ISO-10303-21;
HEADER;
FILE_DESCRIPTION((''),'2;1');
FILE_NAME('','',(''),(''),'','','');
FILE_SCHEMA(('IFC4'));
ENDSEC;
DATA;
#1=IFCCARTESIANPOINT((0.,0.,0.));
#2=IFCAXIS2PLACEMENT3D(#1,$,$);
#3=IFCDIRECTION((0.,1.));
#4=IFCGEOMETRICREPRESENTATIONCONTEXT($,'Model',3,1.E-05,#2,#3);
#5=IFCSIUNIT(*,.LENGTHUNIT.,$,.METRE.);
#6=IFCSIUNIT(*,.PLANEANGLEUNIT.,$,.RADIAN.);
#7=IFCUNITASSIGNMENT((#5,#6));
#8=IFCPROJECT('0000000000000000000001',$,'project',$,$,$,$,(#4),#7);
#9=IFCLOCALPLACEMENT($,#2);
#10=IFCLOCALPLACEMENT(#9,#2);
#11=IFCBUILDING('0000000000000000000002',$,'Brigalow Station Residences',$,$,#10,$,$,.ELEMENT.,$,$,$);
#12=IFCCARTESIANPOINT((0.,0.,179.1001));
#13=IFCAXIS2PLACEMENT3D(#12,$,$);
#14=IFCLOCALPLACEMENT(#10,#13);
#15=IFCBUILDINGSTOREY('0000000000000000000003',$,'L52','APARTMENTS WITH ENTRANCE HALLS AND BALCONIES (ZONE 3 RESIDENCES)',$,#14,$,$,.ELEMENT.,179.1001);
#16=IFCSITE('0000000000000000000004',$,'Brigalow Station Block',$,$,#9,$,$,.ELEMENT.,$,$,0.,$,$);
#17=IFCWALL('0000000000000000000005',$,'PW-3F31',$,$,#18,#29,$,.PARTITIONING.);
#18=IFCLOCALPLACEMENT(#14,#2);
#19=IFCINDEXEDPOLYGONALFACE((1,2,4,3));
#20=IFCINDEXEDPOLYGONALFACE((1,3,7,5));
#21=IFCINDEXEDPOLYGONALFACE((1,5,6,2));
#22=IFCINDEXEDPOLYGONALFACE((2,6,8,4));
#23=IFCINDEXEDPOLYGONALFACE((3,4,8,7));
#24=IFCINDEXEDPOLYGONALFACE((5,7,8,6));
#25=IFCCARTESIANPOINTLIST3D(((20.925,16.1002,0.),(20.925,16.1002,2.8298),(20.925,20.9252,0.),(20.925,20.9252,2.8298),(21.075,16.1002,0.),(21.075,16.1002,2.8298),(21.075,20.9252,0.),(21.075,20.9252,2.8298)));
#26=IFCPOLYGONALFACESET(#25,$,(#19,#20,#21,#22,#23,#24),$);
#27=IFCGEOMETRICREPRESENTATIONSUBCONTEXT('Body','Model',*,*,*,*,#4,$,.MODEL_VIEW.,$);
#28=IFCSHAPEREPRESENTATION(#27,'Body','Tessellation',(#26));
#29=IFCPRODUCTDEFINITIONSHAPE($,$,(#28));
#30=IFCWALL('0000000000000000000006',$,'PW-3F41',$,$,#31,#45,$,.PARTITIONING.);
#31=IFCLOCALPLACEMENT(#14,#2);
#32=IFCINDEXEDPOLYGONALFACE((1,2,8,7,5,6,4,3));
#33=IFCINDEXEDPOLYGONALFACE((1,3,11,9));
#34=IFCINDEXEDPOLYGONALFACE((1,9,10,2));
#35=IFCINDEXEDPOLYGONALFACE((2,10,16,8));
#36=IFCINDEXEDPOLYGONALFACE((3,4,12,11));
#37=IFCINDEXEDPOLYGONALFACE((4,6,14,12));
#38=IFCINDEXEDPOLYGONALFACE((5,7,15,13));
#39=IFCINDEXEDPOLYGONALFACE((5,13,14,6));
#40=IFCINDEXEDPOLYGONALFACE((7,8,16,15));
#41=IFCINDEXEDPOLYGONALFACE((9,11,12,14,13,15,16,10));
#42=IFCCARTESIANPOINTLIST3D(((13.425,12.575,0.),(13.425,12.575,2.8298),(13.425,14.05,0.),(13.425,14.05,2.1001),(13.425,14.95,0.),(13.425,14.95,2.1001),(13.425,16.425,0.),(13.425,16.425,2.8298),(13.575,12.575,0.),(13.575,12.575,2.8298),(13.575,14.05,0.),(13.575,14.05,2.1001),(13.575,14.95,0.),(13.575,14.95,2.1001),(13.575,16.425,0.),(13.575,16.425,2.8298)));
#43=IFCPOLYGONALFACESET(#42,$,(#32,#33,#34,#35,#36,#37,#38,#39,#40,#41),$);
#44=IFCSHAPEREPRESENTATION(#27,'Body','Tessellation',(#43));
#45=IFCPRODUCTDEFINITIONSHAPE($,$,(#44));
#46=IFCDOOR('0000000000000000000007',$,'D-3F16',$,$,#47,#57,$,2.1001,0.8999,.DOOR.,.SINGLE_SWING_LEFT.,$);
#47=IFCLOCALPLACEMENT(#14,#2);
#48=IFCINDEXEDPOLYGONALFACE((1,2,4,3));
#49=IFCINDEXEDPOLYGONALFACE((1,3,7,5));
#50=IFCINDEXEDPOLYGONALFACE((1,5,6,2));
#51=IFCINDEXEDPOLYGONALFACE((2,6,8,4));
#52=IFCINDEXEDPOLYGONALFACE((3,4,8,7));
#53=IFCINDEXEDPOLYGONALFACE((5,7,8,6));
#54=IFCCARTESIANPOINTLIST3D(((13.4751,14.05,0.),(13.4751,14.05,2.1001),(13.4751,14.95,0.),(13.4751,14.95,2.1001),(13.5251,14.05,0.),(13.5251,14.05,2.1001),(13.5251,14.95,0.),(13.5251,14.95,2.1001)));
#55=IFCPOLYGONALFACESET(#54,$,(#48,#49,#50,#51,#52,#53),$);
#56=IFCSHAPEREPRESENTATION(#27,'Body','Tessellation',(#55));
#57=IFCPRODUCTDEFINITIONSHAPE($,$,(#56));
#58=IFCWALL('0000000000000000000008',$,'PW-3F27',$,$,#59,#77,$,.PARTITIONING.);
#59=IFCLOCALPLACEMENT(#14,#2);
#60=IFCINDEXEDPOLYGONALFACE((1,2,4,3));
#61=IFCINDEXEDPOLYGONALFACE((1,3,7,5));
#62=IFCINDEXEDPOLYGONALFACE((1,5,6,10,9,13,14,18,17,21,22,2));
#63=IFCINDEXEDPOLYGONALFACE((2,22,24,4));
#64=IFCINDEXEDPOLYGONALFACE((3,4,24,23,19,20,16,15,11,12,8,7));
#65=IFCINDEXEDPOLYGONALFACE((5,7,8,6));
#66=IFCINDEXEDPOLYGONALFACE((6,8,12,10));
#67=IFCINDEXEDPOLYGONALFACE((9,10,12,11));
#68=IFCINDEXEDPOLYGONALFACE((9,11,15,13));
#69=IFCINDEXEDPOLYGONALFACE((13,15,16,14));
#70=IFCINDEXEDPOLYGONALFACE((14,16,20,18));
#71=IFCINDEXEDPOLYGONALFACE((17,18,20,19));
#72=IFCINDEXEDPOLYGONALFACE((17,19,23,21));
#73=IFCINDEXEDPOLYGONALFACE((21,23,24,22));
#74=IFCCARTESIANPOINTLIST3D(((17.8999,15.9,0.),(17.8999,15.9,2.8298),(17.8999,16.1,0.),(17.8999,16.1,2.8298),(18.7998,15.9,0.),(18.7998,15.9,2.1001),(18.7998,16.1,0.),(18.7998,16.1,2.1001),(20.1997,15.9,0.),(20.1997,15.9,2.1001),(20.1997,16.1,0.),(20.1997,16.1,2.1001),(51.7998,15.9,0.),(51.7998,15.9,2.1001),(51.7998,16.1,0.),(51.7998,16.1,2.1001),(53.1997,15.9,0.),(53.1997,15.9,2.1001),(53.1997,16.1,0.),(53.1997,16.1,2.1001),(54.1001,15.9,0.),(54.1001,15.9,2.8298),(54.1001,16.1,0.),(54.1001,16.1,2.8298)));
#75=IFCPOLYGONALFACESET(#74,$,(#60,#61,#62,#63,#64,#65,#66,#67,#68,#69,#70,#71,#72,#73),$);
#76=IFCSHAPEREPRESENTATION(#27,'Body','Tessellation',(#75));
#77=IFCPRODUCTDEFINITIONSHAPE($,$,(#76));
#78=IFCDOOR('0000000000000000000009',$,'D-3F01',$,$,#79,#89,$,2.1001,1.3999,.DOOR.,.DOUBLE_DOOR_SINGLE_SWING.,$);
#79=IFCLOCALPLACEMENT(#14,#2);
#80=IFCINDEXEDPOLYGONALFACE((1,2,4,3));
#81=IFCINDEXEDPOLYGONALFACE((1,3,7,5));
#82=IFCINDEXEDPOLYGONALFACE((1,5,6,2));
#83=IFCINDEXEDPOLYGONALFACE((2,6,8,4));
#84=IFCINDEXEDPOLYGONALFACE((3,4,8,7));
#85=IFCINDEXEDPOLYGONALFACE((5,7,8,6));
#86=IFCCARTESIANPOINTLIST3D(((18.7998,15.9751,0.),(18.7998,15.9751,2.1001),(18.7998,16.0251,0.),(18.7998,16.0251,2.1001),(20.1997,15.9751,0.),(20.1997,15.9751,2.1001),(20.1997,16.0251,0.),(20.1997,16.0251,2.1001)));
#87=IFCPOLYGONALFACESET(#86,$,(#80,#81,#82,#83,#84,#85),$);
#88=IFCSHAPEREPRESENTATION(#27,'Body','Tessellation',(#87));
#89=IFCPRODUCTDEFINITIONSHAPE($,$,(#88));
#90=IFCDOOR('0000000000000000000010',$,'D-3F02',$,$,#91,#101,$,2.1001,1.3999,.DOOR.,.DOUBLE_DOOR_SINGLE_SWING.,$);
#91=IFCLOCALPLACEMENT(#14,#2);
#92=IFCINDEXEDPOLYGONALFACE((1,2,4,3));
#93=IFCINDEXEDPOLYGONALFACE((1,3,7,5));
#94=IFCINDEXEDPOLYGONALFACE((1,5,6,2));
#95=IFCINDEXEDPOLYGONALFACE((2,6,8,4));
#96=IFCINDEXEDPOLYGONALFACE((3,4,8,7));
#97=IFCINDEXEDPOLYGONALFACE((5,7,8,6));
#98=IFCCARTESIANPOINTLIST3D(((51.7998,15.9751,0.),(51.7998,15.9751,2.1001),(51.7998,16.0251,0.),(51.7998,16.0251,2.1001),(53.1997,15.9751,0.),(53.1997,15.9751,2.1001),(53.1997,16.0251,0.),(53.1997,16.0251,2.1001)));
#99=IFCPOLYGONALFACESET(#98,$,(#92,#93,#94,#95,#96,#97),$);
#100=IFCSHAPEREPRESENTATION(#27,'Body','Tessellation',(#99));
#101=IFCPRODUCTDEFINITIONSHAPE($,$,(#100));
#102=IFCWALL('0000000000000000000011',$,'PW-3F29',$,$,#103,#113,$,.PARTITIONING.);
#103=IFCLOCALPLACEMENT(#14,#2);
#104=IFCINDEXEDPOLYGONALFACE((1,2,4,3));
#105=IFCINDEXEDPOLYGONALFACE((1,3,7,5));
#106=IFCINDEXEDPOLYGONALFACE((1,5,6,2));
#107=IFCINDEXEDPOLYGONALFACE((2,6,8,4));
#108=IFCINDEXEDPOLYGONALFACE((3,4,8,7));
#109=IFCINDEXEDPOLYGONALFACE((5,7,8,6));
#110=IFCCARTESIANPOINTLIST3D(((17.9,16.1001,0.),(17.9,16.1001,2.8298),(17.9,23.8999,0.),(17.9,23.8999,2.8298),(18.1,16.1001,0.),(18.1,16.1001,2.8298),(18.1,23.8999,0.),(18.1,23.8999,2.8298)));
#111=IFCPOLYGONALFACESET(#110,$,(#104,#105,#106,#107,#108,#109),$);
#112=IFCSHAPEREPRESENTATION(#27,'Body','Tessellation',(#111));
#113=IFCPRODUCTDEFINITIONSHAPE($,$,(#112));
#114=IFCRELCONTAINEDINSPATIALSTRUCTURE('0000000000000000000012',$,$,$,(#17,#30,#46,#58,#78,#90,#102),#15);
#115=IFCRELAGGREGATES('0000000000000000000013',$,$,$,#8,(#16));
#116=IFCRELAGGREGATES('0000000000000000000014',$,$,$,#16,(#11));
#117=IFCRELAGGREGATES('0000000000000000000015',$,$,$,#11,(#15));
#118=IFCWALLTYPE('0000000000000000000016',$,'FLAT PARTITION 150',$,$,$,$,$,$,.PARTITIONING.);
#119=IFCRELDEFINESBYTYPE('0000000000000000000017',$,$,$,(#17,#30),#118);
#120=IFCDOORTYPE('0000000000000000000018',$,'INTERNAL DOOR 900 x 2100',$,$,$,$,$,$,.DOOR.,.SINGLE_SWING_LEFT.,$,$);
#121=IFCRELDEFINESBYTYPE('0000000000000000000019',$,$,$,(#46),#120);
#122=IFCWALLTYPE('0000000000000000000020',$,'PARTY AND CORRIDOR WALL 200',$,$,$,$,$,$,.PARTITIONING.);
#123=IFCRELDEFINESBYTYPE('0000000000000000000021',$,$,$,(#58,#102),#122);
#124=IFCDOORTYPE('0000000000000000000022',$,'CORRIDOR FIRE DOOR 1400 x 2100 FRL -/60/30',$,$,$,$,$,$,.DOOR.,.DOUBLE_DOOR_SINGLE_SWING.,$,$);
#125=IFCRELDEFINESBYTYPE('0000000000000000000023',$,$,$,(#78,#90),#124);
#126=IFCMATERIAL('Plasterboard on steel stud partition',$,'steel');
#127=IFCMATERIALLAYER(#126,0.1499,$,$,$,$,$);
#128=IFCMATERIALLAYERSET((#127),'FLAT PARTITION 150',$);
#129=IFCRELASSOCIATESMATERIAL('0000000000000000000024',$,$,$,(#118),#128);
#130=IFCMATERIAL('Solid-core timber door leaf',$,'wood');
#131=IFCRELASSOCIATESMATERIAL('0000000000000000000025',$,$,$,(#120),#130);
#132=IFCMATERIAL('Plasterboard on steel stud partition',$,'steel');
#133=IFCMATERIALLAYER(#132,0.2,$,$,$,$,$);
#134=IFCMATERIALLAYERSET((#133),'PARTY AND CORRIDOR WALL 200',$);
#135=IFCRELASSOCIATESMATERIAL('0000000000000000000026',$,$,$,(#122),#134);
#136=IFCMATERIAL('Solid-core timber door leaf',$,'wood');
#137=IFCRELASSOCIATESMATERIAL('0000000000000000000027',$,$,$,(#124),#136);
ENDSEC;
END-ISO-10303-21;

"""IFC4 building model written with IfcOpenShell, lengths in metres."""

from ifc_helpers import new_model, si_unit, direction, frame, frame_2d, origin, place, context, subcontext, project, spatial, rectangle, extrude, material, layer, layer_set, type_object, element, fill, save


model = new_model("IFC4")

# Units and contexts
model_context = context("Model", 3, precision=1e-05, world=origin(), true_north=direction((0.0, 1.0)))
body_context = subcontext(model_context, "Body", "Model", "MODEL_VIEW")
ifc_project = project(units=[si_unit("LENGTHUNIT", "METRE"), si_unit("PLANEANGLEUNIT", "RADIAN")], contexts=[model_context])

# Site, building, storey
site_placement = place(None, origin())
site = spatial("IfcSite", under=ifc_project, at=site_placement, Name="Brigalow Station Block", CompositionType="ELEMENT", RefElevation=0.0)
building_placement = place(site_placement, origin())
building = spatial("IfcBuilding", under=site, at=building_placement, Name="Brigalow Station Residences", CompositionType="ELEMENT")
storey_placement = place(building_placement, frame((0.0, 0.0, 179.1001)))
storey = spatial("IfcBuildingStorey", under=building, at=storey_placement, Name="L52", Description="APARTMENTS WITH ENTRANCE HALLS AND BALCONIES (ZONE 3 RESIDENCES)", CompositionType="ELEMENT", Elevation=179.1001)

# Shared definitions
ifc_material_1 = material(Name="Plasterboard on steel stud partition", Category="steel")
ifc_layer_1 = layer(ifc_material_1, 0.1499)
ifc_layer_set_1 = layer_set([ifc_layer_1], Name="FLAT PARTITION 150")
wall_type_1 = type_object("IfcWallType", Name="FLAT PARTITION 150", PredefinedType="PARTITIONING", material=ifc_layer_set_1)
ifc_material_2 = material(Name="Solid-core timber door leaf", Category="wood")
door_type_1 = type_object("IfcDoorType", Name="INTERNAL DOOR 900 x 2100", OperationType="SINGLE_SWING_LEFT", PredefinedType="DOOR", material=ifc_material_2)

# Wall
wall_1_placement = place(storey_placement, frame((21.0, 16.1001, 0.0), z_axis=(0.0, 0.0, 1.0), x_axis=(0.0, 1.0, 0.0)))
element("IfcWall", 1, at=wall_1_placement, inside=storey, type_object=wall_type_1, Name="PW-3F31", PredefinedType="PARTITIONING", context=body_context, shape_type="SweptSolid", body=[
    extrude(rectangle(XDim=4.825, YDim=0.1499, at=frame_2d((2.4126, 0.0))), origin(), (0.0, 0.0, 1.0), 2.8298),
])

# Wall, opening, door
wall_2_placement = place(storey_placement, frame((13.5, 12.575, 0.0), z_axis=(0.0, 0.0, 1.0), x_axis=(0.0, 1.0, 0.0)))
wall_2 = element("IfcWall", 2, at=wall_2_placement, inside=storey, type_object=wall_type_1, Name="PW-3F41", PredefinedType="PARTITIONING", context=body_context, shape_type="SweptSolid", body=[
    extrude(rectangle(XDim=3.8501, YDim=0.1499, at=frame_2d((1.925, 0.0))), origin(), (0.0, 0.0, 1.0), 2.8298),
])
opening_1_placement = place(wall_2_placement, frame((1.4751, 0.0, 0.0)))
opening_1 = element("IfcOpeningElement", 3, at=opening_1_placement, cuts=wall_2, PredefinedType="OPENING", context=body_context, shape_type="SweptSolid", body=[
    extrude(rectangle(XDim=0.8999, YDim=2.1001, at=frame_2d((0.45, 1.05))), frame((0.0, 0.085, 0.0), z_axis=(0.0, -1.0, 0.0), x_axis=(1.0, 0.0, 0.0)), (0.0, 0.0, 1.0), 0.1699),
])
door_1_placement = place(opening_1_placement, origin())
door_1 = element("IfcDoor", 4, at=door_1_placement, inside=storey, type_object=door_type_1, Name="D-3F16", OperationType="SINGLE_SWING_LEFT", OverallHeight=2.1001, OverallWidth=0.8999, PredefinedType="DOOR", context=body_context, shape_type="SweptSolid", body=[
    extrude(rectangle(XDim=0.8999, YDim=2.1001, at=frame_2d((0.45, 1.05))), frame((0.0, 0.0249, 0.0), z_axis=(0.0, -1.0, 0.0), x_axis=(1.0, 0.0, 0.0)), (0.0, 0.0, 1.0), 0.05),
])
fill(opening_1, door_1)

# Wall, openings, doors
ifc_material_3 = material(Name="Plasterboard on steel stud partition", Category="steel")
ifc_layer_2 = layer(ifc_material_3, 0.2)
ifc_layer_set_2 = layer_set([ifc_layer_2], Name="PARTY AND CORRIDOR WALL 200")
wall_type_2 = type_object("IfcWallType", Name="PARTY AND CORRIDOR WALL 200", PredefinedType="PARTITIONING", material=ifc_layer_set_2)
wall_3_placement = place(storey_placement, frame((17.8999, 16.0, 0.0), z_axis=(0.0, 0.0, 1.0), x_axis=(1.0, 0.0, 0.0)))
wall_3 = element("IfcWall", 5, at=wall_3_placement, inside=storey, type_object=wall_type_2, Name="PW-3F27", PredefinedType="PARTITIONING", context=body_context, shape_type="SweptSolid", body=[
    extrude(rectangle(XDim=36.2002, YDim=0.2, at=frame_2d((18.1001, 0.0))), origin(), (0.0, 0.0, 1.0), 2.8298),
])
opening_2_placement = place(wall_3_placement, frame((0.8999, 0.0, 0.0)))
opening_2 = element("IfcOpeningElement", 6, at=opening_2_placement, cuts=wall_3, PredefinedType="OPENING", context=body_context, shape_type="SweptSolid", body=[
    extrude(rectangle(XDim=1.3999, YDim=2.1001, at=frame_2d((0.7, 1.05))), frame((0.0, 0.1099, 0.0), z_axis=(0.0, -1.0, 0.0), x_axis=(1.0, 0.0, 0.0)), (0.0, 0.0, 1.0), 0.22),
])
opening_3_placement = place(wall_3_placement, frame((33.8999, 0.0, 0.0)))
opening_3 = element("IfcOpeningElement", 7, at=opening_3_placement, cuts=wall_3, PredefinedType="OPENING", context=body_context, shape_type="SweptSolid", body=[
    extrude(rectangle(XDim=1.3999, YDim=2.1001, at=frame_2d((0.7, 1.05))), frame((0.0, 0.1099, 0.0), z_axis=(0.0, -1.0, 0.0), x_axis=(1.0, 0.0, 0.0)), (0.0, 0.0, 1.0), 0.22),
])
ifc_material_4 = material(Name="Solid-core timber door leaf", Category="wood")
door_type_2 = type_object("IfcDoorType", Name="CORRIDOR FIRE DOOR 1400 x 2100 FRL -/60/30", OperationType="DOUBLE_DOOR_SINGLE_SWING", PredefinedType="DOOR", material=ifc_material_4)
door_2_placement = place(opening_2_placement, frame((1.3999, 0.0, 0.0), z_axis=(0.0, 0.0, 1.0), x_axis=(-1.0, 0.0, 0.0)))
door_2 = element("IfcDoor", 8, at=door_2_placement, inside=storey, type_object=door_type_2, Name="D-3F01", OperationType="DOUBLE_DOOR_SINGLE_SWING", OverallHeight=2.1001, OverallWidth=1.3999, PredefinedType="DOOR", context=body_context, shape_type="SweptSolid", body=[
    extrude(rectangle(XDim=1.3999, YDim=2.1001, at=frame_2d((0.7, 1.05))), frame((0.0, 0.0249, 0.0), z_axis=(0.0, -1.0, 0.0), x_axis=(1.0, 0.0, 0.0)), (0.0, 0.0, 1.0), 0.05),
])
fill(opening_2, door_2)
door_3_placement = place(opening_3_placement, frame((1.3999, 0.0, 0.0), z_axis=(0.0, 0.0, 1.0), x_axis=(-1.0, 0.0, 0.0)))
door_3 = element("IfcDoor", 9, at=door_3_placement, inside=storey, type_object=door_type_2, Name="D-3F02", OperationType="DOUBLE_DOOR_SINGLE_SWING", OverallHeight=2.1001, OverallWidth=1.3999, PredefinedType="DOOR", context=body_context, shape_type="SweptSolid", body=[
    extrude(rectangle(XDim=1.3999, YDim=2.1001, at=frame_2d((0.7, 1.05))), frame((0.0, 0.0249, 0.0), z_axis=(0.0, -1.0, 0.0), x_axis=(1.0, 0.0, 0.0)), (0.0, 0.0, 1.0), 0.05),
])
fill(opening_3, door_3)

# Wall
wall_4_placement = place(storey_placement, frame((18.0, 16.1001, 0.0), z_axis=(0.0, 0.0, 1.0), x_axis=(0.0, 1.0, 0.0)))
element("IfcWall", 10, at=wall_4_placement, inside=storey, type_object=wall_type_2, Name="PW-3F29", PredefinedType="PARTITIONING", context=body_context, shape_type="SweptSolid", body=[
    extrude(rectangle(XDim=7.7998, YDim=0.2, at=frame_2d((3.8999, 0.0))), origin(), (0.0, 0.0, 1.0), 2.8298),
])

save(model, "model.ifc")
